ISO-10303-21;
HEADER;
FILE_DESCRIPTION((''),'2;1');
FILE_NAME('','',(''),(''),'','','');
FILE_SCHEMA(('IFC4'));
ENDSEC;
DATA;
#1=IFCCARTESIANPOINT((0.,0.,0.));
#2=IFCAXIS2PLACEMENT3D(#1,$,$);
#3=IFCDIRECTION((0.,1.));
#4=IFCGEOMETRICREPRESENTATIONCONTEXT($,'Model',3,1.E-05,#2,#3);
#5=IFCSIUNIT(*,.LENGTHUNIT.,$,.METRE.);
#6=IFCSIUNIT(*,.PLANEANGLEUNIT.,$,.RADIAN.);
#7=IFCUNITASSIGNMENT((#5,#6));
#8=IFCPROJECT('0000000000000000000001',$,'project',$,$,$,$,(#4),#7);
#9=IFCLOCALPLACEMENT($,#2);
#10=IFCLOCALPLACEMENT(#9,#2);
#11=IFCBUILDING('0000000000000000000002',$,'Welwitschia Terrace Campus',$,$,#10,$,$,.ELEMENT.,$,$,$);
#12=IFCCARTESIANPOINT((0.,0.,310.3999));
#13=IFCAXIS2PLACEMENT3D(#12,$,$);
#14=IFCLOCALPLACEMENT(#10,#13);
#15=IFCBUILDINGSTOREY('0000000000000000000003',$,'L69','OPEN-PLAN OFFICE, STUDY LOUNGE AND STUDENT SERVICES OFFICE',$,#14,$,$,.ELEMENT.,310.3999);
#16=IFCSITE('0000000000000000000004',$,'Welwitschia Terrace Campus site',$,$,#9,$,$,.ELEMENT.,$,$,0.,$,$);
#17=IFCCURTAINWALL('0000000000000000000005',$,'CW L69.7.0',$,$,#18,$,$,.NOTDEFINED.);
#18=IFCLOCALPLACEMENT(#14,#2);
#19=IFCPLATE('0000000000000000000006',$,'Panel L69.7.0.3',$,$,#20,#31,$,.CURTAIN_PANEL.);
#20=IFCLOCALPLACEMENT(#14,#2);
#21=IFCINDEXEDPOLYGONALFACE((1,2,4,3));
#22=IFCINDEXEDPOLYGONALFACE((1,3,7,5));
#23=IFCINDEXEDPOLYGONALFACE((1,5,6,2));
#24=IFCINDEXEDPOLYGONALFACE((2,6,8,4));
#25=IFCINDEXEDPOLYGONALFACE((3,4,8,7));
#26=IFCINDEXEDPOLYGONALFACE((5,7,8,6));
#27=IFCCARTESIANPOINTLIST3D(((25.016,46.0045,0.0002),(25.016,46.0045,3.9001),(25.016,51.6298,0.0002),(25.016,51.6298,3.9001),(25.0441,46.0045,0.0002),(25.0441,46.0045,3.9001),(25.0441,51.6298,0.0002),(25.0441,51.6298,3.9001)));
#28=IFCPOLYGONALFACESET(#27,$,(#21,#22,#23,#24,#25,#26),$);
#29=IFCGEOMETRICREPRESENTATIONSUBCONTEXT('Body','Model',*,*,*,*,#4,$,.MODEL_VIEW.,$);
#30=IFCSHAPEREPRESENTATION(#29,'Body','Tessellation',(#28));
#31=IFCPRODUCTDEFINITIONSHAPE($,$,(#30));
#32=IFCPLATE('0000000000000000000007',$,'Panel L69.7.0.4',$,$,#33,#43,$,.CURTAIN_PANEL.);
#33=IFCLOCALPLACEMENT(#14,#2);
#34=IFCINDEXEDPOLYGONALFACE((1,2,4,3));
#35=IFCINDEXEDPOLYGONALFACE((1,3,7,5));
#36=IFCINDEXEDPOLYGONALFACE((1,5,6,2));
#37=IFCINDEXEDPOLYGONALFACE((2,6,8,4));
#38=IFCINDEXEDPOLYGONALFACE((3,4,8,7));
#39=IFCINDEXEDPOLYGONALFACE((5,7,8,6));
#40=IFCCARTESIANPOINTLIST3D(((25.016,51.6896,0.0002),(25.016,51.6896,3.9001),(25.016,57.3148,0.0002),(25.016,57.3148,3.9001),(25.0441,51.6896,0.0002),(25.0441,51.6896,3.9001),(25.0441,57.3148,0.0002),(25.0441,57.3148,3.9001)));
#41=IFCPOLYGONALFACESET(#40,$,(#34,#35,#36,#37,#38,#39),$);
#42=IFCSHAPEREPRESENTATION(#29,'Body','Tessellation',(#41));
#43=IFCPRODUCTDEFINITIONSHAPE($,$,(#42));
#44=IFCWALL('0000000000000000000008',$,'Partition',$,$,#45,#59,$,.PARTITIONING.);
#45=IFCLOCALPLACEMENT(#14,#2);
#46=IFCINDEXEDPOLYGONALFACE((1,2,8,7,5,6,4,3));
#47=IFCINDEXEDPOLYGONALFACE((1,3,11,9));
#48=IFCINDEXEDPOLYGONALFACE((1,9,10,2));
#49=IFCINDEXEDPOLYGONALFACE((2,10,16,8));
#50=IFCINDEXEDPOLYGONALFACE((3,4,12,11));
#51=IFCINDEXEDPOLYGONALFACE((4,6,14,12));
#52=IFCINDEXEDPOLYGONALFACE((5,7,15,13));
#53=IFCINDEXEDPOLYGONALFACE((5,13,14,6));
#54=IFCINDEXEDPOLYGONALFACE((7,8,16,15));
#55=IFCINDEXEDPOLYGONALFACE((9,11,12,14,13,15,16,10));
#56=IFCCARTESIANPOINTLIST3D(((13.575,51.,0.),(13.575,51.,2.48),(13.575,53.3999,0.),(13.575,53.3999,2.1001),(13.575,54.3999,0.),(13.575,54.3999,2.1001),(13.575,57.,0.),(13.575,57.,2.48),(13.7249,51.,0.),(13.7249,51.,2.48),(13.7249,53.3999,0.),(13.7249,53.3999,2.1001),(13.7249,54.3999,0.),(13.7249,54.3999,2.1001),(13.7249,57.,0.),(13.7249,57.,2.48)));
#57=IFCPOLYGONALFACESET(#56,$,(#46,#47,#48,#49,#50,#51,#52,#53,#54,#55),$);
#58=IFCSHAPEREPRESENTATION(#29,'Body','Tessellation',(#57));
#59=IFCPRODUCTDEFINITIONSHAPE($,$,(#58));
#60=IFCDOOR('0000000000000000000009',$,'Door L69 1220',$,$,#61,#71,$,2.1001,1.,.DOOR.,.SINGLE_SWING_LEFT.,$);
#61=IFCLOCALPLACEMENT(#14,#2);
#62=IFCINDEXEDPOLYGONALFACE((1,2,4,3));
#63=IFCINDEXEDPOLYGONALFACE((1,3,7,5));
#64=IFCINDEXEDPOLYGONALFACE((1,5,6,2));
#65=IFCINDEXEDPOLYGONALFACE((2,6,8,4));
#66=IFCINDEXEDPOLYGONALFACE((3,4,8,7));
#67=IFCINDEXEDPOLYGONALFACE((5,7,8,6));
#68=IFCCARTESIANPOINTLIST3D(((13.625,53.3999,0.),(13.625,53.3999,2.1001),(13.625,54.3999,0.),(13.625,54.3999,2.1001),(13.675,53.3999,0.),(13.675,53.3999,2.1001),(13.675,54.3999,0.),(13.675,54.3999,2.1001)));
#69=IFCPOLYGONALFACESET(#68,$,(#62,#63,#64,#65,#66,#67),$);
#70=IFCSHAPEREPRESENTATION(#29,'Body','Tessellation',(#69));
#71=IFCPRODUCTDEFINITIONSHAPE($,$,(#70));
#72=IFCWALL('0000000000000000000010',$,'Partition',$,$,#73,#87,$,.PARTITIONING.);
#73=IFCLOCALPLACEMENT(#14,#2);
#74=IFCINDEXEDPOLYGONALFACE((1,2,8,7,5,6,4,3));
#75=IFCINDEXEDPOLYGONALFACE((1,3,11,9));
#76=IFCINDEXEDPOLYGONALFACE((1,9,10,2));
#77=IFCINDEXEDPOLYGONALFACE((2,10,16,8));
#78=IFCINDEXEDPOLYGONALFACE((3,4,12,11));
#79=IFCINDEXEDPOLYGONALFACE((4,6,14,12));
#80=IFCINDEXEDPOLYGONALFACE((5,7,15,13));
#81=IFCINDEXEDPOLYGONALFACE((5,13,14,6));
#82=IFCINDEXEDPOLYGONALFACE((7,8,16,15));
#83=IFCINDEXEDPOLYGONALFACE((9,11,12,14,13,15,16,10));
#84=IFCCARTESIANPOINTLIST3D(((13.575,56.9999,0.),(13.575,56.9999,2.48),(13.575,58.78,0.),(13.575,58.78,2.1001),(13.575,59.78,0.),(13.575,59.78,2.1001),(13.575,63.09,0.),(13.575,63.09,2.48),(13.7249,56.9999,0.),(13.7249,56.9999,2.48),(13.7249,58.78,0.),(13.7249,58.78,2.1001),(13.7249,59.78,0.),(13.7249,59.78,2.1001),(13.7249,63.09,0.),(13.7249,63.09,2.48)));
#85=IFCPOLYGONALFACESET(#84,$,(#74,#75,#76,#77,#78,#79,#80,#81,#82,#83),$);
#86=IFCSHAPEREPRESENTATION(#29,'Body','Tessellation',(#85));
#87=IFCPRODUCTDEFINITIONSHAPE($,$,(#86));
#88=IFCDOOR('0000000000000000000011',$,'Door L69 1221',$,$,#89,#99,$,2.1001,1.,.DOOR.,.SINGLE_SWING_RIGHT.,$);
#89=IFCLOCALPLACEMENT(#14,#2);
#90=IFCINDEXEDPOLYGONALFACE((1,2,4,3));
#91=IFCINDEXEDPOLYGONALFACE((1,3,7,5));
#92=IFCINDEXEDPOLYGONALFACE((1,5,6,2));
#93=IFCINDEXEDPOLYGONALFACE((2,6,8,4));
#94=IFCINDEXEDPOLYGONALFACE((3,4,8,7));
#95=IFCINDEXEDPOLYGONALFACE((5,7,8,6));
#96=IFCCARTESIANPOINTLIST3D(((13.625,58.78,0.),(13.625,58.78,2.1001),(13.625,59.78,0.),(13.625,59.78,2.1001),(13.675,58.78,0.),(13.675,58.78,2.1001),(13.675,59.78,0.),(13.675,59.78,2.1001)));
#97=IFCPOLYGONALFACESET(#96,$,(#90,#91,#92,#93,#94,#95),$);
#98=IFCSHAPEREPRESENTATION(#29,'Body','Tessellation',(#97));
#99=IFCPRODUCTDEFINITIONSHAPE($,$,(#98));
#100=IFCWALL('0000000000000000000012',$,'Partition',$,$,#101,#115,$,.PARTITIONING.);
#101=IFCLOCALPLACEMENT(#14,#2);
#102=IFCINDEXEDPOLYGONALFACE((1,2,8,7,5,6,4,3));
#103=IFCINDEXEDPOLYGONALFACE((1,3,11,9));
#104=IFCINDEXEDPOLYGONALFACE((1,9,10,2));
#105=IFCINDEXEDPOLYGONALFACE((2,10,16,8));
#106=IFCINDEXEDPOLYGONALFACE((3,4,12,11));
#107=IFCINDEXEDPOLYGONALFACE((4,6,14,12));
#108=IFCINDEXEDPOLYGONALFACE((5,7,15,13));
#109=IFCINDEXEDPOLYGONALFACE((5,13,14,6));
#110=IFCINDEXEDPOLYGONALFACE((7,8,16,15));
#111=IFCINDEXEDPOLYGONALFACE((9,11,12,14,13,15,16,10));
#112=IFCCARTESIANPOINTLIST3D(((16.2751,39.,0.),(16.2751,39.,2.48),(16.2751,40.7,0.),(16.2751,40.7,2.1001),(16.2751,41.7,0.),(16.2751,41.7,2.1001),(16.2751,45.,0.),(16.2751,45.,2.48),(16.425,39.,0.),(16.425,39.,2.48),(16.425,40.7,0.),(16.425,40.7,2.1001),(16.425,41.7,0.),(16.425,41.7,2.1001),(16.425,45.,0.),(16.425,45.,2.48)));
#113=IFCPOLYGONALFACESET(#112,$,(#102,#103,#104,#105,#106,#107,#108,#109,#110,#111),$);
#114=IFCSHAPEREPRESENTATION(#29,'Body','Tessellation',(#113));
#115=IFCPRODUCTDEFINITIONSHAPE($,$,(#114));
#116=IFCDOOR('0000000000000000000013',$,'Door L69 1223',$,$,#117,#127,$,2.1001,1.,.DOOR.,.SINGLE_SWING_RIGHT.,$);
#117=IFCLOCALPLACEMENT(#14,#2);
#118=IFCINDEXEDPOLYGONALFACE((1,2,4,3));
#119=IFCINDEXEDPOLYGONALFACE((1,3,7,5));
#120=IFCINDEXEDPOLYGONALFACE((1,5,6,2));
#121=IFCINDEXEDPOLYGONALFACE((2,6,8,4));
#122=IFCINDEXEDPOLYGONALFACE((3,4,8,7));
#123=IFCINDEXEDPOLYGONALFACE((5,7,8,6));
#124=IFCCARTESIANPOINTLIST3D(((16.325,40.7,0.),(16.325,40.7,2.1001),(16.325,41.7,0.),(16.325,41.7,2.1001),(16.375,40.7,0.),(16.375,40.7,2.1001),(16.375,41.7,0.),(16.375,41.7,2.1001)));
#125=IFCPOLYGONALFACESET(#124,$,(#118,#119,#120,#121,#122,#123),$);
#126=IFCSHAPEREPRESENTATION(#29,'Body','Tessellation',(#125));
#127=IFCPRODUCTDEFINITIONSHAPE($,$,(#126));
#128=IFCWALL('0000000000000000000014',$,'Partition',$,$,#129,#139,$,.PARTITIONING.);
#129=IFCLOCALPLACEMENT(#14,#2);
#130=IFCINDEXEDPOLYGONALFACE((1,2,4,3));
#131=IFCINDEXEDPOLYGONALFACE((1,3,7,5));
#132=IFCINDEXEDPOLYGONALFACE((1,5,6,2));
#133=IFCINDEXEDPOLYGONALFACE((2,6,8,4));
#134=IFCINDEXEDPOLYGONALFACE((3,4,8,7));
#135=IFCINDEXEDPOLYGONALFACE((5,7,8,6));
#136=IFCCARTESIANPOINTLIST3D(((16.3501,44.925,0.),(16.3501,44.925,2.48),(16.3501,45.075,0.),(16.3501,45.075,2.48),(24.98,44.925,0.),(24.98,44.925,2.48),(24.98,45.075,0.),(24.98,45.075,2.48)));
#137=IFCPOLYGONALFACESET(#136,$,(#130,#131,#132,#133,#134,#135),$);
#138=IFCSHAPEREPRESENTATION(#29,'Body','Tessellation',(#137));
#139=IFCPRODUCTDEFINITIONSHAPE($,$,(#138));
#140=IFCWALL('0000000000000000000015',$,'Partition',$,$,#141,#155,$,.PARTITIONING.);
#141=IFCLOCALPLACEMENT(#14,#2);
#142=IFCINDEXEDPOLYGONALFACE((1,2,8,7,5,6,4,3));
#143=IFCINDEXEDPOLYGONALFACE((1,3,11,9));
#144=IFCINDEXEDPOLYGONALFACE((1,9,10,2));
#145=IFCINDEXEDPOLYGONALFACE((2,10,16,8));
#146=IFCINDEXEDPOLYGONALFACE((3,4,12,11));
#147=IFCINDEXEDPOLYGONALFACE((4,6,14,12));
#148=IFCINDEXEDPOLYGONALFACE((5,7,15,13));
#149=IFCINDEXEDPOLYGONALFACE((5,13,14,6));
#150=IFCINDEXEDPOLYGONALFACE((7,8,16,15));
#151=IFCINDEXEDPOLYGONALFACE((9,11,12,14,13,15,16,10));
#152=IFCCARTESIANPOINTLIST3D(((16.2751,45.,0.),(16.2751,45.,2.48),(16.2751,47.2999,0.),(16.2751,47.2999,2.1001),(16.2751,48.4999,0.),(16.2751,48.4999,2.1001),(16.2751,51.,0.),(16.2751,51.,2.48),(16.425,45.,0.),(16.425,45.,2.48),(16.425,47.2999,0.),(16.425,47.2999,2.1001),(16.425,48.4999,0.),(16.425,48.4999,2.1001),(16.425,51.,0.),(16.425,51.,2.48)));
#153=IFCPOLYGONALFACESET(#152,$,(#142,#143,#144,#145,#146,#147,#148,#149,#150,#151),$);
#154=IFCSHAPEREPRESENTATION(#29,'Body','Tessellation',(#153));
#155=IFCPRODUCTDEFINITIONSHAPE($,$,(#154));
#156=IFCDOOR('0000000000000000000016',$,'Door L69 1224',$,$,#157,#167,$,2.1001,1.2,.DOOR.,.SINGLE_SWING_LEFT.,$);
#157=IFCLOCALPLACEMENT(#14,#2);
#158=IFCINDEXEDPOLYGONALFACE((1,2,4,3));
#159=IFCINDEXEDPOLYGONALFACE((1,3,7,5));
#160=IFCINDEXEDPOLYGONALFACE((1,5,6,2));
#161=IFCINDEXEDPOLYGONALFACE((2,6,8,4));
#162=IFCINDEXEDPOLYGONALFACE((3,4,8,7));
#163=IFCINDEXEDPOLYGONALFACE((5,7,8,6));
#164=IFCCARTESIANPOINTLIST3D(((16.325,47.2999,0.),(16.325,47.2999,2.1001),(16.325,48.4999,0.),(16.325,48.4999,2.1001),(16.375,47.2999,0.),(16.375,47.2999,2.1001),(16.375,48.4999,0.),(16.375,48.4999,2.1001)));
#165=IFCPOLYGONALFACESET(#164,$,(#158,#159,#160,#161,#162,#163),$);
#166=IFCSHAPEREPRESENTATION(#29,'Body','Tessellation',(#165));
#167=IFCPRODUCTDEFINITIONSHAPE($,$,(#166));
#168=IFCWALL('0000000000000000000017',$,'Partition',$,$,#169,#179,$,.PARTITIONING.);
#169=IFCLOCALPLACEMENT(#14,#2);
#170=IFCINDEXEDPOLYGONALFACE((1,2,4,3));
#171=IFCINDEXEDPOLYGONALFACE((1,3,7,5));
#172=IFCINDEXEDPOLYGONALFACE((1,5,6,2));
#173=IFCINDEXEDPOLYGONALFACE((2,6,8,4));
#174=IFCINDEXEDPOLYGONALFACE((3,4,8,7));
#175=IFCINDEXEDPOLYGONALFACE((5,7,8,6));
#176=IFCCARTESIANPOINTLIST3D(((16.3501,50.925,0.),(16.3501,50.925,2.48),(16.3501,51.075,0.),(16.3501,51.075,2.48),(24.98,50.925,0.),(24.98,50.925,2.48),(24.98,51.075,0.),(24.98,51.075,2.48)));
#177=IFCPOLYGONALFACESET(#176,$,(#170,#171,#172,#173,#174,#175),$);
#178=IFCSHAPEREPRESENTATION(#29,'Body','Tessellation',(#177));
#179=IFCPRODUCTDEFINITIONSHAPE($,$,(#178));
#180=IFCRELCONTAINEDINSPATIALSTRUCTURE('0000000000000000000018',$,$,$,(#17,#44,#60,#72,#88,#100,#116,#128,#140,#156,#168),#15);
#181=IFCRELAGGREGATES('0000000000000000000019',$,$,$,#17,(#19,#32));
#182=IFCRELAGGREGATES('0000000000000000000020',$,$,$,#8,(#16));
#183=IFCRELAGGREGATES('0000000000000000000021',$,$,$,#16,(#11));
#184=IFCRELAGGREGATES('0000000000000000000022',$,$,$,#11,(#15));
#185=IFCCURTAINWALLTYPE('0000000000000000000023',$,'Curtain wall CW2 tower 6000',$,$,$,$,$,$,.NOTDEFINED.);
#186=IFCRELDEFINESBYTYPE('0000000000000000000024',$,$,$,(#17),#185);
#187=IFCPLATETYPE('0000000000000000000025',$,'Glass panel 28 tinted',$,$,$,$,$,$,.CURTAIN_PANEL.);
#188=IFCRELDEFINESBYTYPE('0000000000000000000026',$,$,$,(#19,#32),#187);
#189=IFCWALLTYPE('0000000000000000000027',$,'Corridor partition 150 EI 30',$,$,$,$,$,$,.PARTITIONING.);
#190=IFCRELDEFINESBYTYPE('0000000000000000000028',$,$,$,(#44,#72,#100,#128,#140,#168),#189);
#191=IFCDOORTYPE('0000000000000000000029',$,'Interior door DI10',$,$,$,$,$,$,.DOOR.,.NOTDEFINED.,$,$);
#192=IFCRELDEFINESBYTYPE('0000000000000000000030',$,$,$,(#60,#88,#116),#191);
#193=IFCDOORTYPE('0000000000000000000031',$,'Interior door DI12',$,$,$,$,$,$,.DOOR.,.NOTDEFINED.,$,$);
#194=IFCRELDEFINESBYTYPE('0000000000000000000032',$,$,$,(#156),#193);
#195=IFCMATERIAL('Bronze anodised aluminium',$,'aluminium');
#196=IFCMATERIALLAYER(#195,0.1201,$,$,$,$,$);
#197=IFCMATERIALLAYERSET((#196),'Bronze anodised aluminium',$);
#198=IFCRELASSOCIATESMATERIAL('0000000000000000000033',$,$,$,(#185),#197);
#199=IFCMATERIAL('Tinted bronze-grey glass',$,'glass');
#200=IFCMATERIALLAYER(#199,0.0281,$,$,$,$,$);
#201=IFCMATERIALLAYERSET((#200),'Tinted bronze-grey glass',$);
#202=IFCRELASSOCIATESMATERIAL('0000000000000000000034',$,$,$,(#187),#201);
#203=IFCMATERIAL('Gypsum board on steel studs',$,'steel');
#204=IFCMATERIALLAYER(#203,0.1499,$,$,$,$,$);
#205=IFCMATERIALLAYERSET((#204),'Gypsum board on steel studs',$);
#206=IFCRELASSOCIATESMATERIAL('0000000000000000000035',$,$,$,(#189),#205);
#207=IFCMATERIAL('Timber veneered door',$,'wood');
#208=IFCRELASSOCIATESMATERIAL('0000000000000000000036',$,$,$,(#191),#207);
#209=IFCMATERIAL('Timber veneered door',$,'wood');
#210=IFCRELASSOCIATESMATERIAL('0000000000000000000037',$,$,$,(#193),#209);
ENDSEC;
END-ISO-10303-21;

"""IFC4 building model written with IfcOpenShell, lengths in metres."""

from ifc_helpers import new_model, si_unit, direction, frame, frame_2d, origin, origin_2d, place, context, subcontext, project, spatial, rectangle, extrude, material, layer, layer_set, type_object, element, fill, aggregate, save


model = new_model("IFC4")

# Units and contexts
model_context = context("Model", 3, precision=1e-05, world=origin(), true_north=direction((0.0, 1.0)))
body_context = subcontext(model_context, "Body", "Model", "MODEL_VIEW")
ifc_project = project(units=[si_unit("LENGTHUNIT", "METRE"), si_unit("PLANEANGLEUNIT", "RADIAN")], contexts=[model_context])

# Site, building, storey
site_placement = place(None, origin())
site = spatial("IfcSite", under=ifc_project, at=site_placement, Name="Welwitschia Terrace Campus site", CompositionType="ELEMENT", RefElevation=0.0)
building_placement = place(site_placement, origin())
building = spatial("IfcBuilding", under=site, at=building_placement, Name="Welwitschia Terrace Campus", CompositionType="ELEMENT")
storey_placement = place(building_placement, frame((0.0, 0.0, 310.3999)))
storey = spatial("IfcBuildingStorey", under=building, at=storey_placement, Name="L69", Description="OPEN-PLAN OFFICE, STUDY LOUNGE AND STUDENT SERVICES OFFICE", CompositionType="ELEMENT", Elevation=310.3999)

# Curtain wall
ifc_material_1 = material(Name="Bronze anodised aluminium", Category="aluminium")
ifc_layer_1 = layer(ifc_material_1, 0.1201)
ifc_layer_set_1 = layer_set([ifc_layer_1], Name="Bronze anodised aluminium")
curtain_wall_type = type_object("IfcCurtainWallType", Name="Curtain wall CW2 tower 6000", PredefinedType="NOTDEFINED", material=ifc_layer_set_1)
curtain_wall_placement = place(storey_placement, origin())
curtain_wall = element("IfcCurtainWall", 1, at=curtain_wall_placement, inside=storey, type_object=curtain_wall_type, Name="CW L69.7.0", PredefinedType="NOTDEFINED")

# Plates
ifc_material_2 = material(Name="Tinted bronze-grey glass", Category="glass")
ifc_layer_2 = layer(ifc_material_2, 0.0281)
ifc_layer_set_2 = layer_set([ifc_layer_2], Name="Tinted bronze-grey glass")
plate_type = type_object("IfcPlateType", Name="Glass panel 28 tinted", PredefinedType="CURTAIN_PANEL", material=ifc_layer_set_2)
plate_1_placement = place(storey_placement, frame((25.03, 48.8171, 0.0002), z_axis=(0.0, 0.0, 1.0), x_axis=(0.0, 1.0, 0.0)))
plate_1 = element("IfcPlate", 2, at=plate_1_placement, type_object=plate_type, Name="Panel L69.7.0.3", PredefinedType="CURTAIN_PANEL", context=body_context, shape_type="SweptSolid", body=[
    extrude(rectangle(XDim=5.6252, YDim=0.0281, at=origin_2d()), origin(), (0.0, 0.0, 1.0), 3.8999),
])
plate_2_placement = place(storey_placement, frame((25.03, 54.5022, 0.0002), z_axis=(0.0, 0.0, 1.0), x_axis=(0.0, 1.0, 0.0)))
plate_2 = element("IfcPlate", 3, at=plate_2_placement, type_object=plate_type, Name="Panel L69.7.0.4", PredefinedType="CURTAIN_PANEL", context=body_context, shape_type="SweptSolid", body=[
    extrude(rectangle(XDim=5.6252, YDim=0.0281, at=origin_2d()), origin(), (0.0, 0.0, 1.0), 3.8999),
])
aggregate(curtain_wall, [plate_1, plate_2])

# Walls, openings, doors
ifc_material_3 = material(Name="Gypsum board on steel studs", Category="steel")
ifc_layer_3 = layer(ifc_material_3, 0.1499)
ifc_layer_set_3 = layer_set([ifc_layer_3], Name="Gypsum board on steel studs")
wall_type = type_object("IfcWallType", Name="Corridor partition 150 EI 30", PredefinedType="PARTITIONING", material=ifc_layer_set_3)
wall_1_placement = place(storey_placement, frame((13.6499, 51.0, 0.0), z_axis=(0.0, 0.0, 1.0), x_axis=(0.0, 1.0, 0.0)))
wall_1 = element("IfcWall", 4, at=wall_1_placement, inside=storey, type_object=wall_type, Name="Partition", PredefinedType="PARTITIONING", context=body_context, shape_type="SweptSolid", body=[
    extrude(rectangle(XDim=6.0, YDim=0.1499, at=frame_2d((3.0, 0.0))), origin(), (0.0, 0.0, 1.0), 2.48),
])
opening_1_placement = place(wall_1_placement, frame((2.3999, 0.0, 0.0)))
opening_1 = element("IfcOpeningElement", 5, at=opening_1_placement, cuts=wall_1, PredefinedType="OPENING", context=body_context, shape_type="SweptSolid", body=[
    extrude(rectangle(XDim=1.0, YDim=2.1001, at=frame_2d((0.5, 1.05))), frame((0.0, 0.085, 0.0), z_axis=(0.0, -1.0, 0.0), x_axis=(1.0, 0.0, 0.0)), (0.0, 0.0, 1.0), 0.1699),
])
ifc_material_4 = material(Name="Timber veneered door", Category="wood")
door_type_1 = type_object("IfcDoorType", Name="Interior door DI10", OperationType="NOTDEFINED", PredefinedType="DOOR", material=ifc_material_4)
door_1_placement = place(opening_1_placement, origin())
door_1 = element("IfcDoor", 6, at=door_1_placement, inside=storey, type_object=door_type_1, Name="Door L69 1220", OperationType="SINGLE_SWING_LEFT", OverallHeight=2.1001, OverallWidth=1.0, PredefinedType="DOOR", context=body_context, shape_type="SweptSolid", body=[
    extrude(rectangle(XDim=1.0, YDim=2.1001, at=frame_2d((0.5, 1.05))), frame((0.0, 0.0249, 0.0), z_axis=(0.0, -1.0, 0.0), x_axis=(1.0, 0.0, 0.0)), (0.0, 0.0, 1.0), 0.05),
])
fill(opening_1, door_1)
wall_2_placement = place(storey_placement, frame((13.6499, 57.0, 0.0), z_axis=(0.0, 0.0, 1.0), x_axis=(0.0, 1.0, 0.0)))
wall_2 = element("IfcWall", 7, at=wall_2_placement, inside=storey, type_object=wall_type, Name="Partition", PredefinedType="PARTITIONING", context=body_context, shape_type="SweptSolid", body=[
    extrude(rectangle(XDim=6.0901, YDim=0.1499, at=frame_2d((3.0449, 0.0))), origin(), (0.0, 0.0, 1.0), 2.48),
])
opening_2_placement = place(wall_2_placement, frame((1.78, 0.0, 0.0)))
opening_2 = element("IfcOpeningElement", 8, at=opening_2_placement, cuts=wall_2, PredefinedType="OPENING", context=body_context, shape_type="SweptSolid", body=[
    extrude(rectangle(XDim=1.0, YDim=2.1001, at=frame_2d((0.5, 1.05))), frame((0.0, 0.085, 0.0), z_axis=(0.0, -1.0, 0.0), x_axis=(1.0, 0.0, 0.0)), (0.0, 0.0, 1.0), 0.1699),
])
door_2_placement = place(opening_2_placement, origin())
door_2 = element("IfcDoor", 9, at=door_2_placement, inside=storey, type_object=door_type_1, Name="Door L69 1221", OperationType="SINGLE_SWING_RIGHT", OverallHeight=2.1001, OverallWidth=1.0, PredefinedType="DOOR", context=body_context, shape_type="SweptSolid", body=[
    extrude(rectangle(XDim=1.0, YDim=2.1001, at=frame_2d((0.5, 1.05))), frame((0.0, 0.0249, 0.0), z_axis=(0.0, -1.0, 0.0), x_axis=(1.0, 0.0, 0.0)), (0.0, 0.0, 1.0), 0.05),
])
fill(opening_2, door_2)
wall_3_placement = place(storey_placement, frame((16.3501, 45.0, 0.0), z_axis=(0.0, 0.0, 1.0), x_axis=(0.0, -1.0, 0.0)))
wall_3 = element("IfcWall", 10, at=wall_3_placement, inside=storey, type_object=wall_type, Name="Partition", PredefinedType="PARTITIONING", context=body_context, shape_type="SweptSolid", body=[
    extrude(rectangle(XDim=6.0, YDim=0.1499, at=frame_2d((3.0, 0.0))), origin(), (0.0, 0.0, 1.0), 2.48),
])
opening_3_placement = place(wall_3_placement, frame((3.3, 0.0, 0.0)))
opening_3 = element("IfcOpeningElement", 11, at=opening_3_placement, cuts=wall_3, PredefinedType="OPENING", context=body_context, shape_type="SweptSolid", body=[
    extrude(rectangle(XDim=1.0, YDim=2.1001, at=frame_2d((0.5, 1.05))), frame((0.0, 0.085, 0.0), z_axis=(0.0, -1.0, 0.0), x_axis=(1.0, 0.0, 0.0)), (0.0, 0.0, 1.0), 0.1699),
])
door_3_placement = place(opening_3_placement, origin())
door_3 = element("IfcDoor", 12, at=door_3_placement, inside=storey, type_object=door_type_1, Name="Door L69 1223", OperationType="SINGLE_SWING_RIGHT", OverallHeight=2.1001, OverallWidth=1.0, PredefinedType="DOOR", context=body_context, shape_type="SweptSolid", body=[
    extrude(rectangle(XDim=1.0, YDim=2.1001, at=frame_2d((0.5, 1.05))), frame((0.0, 0.0249, 0.0), z_axis=(0.0, -1.0, 0.0), x_axis=(1.0, 0.0, 0.0)), (0.0, 0.0, 1.0), 0.05),
])
fill(opening_3, door_3)

# Wall
wall_4_placement = place(storey_placement, frame((16.3501, 45.0, 0.0), z_axis=(0.0, 0.0, 1.0), x_axis=(1.0, 0.0, 0.0)))
element("IfcWall", 13, at=wall_4_placement, inside=storey, type_object=wall_type, Name="Partition", PredefinedType="PARTITIONING", context=body_context, shape_type="SweptSolid", body=[
    extrude(rectangle(XDim=8.6299, YDim=0.1499, at=frame_2d((4.3149, 0.0))), origin(), (0.0, 0.0, 1.0), 2.48),
])

# Wall, opening, door
wall_5_placement = place(storey_placement, frame((16.3501, 51.0, 0.0), z_axis=(0.0, 0.0, 1.0), x_axis=(0.0, -1.0, 0.0)))
wall_5 = element("IfcWall", 14, at=wall_5_placement, inside=storey, type_object=wall_type, Name="Partition", PredefinedType="PARTITIONING", context=body_context, shape_type="SweptSolid", body=[
    extrude(rectangle(XDim=6.0, YDim=0.1499, at=frame_2d((3.0, 0.0))), origin(), (0.0, 0.0, 1.0), 2.48),
])
opening_4_placement = place(wall_5_placement, frame((2.5, 0.0, 0.0)))
opening_4 = element("IfcOpeningElement", 15, at=opening_4_placement, cuts=wall_5, PredefinedType="OPENING", context=body_context, shape_type="SweptSolid", body=[
    extrude(rectangle(XDim=1.2, YDim=2.1001, at=frame_2d((0.6001, 1.05))), frame((0.0, 0.085, 0.0), z_axis=(0.0, -1.0, 0.0), x_axis=(1.0, 0.0, 0.0)), (0.0, 0.0, 1.0), 0.1699),
])
ifc_material_5 = material(Name="Timber veneered door", Category="wood")
door_type_2 = type_object("IfcDoorType", Name="Interior door DI12", OperationType="NOTDEFINED", PredefinedType="DOOR", material=ifc_material_5)
door_4_placement = place(opening_4_placement, origin())
door_4 = element("IfcDoor", 16, at=door_4_placement, inside=storey, type_object=door_type_2, Name="Door L69 1224", OperationType="SINGLE_SWING_LEFT", OverallHeight=2.1001, OverallWidth=1.2, PredefinedType="DOOR", context=body_context, shape_type="SweptSolid", body=[
    extrude(rectangle(XDim=1.2, YDim=2.1001, at=frame_2d((0.6001, 1.05))), frame((0.0, 0.0249, 0.0), z_axis=(0.0, -1.0, 0.0), x_axis=(1.0, 0.0, 0.0)), (0.0, 0.0, 1.0), 0.05),
])
fill(opening_4, door_4)

# Wall
wall_6_placement = place(storey_placement, frame((16.3501, 51.0, 0.0), z_axis=(0.0, 0.0, 1.0), x_axis=(1.0, 0.0, 0.0)))
element("IfcWall", 17, at=wall_6_placement, inside=storey, type_object=wall_type, Name="Partition", PredefinedType="PARTITIONING", context=body_context, shape_type="SweptSolid", body=[
    extrude(rectangle(XDim=8.6299, YDim=0.1499, at=frame_2d((4.3149, 0.0))), origin(), (0.0, 0.0, 1.0), 2.48),
])

save(model, "model.ifc")
